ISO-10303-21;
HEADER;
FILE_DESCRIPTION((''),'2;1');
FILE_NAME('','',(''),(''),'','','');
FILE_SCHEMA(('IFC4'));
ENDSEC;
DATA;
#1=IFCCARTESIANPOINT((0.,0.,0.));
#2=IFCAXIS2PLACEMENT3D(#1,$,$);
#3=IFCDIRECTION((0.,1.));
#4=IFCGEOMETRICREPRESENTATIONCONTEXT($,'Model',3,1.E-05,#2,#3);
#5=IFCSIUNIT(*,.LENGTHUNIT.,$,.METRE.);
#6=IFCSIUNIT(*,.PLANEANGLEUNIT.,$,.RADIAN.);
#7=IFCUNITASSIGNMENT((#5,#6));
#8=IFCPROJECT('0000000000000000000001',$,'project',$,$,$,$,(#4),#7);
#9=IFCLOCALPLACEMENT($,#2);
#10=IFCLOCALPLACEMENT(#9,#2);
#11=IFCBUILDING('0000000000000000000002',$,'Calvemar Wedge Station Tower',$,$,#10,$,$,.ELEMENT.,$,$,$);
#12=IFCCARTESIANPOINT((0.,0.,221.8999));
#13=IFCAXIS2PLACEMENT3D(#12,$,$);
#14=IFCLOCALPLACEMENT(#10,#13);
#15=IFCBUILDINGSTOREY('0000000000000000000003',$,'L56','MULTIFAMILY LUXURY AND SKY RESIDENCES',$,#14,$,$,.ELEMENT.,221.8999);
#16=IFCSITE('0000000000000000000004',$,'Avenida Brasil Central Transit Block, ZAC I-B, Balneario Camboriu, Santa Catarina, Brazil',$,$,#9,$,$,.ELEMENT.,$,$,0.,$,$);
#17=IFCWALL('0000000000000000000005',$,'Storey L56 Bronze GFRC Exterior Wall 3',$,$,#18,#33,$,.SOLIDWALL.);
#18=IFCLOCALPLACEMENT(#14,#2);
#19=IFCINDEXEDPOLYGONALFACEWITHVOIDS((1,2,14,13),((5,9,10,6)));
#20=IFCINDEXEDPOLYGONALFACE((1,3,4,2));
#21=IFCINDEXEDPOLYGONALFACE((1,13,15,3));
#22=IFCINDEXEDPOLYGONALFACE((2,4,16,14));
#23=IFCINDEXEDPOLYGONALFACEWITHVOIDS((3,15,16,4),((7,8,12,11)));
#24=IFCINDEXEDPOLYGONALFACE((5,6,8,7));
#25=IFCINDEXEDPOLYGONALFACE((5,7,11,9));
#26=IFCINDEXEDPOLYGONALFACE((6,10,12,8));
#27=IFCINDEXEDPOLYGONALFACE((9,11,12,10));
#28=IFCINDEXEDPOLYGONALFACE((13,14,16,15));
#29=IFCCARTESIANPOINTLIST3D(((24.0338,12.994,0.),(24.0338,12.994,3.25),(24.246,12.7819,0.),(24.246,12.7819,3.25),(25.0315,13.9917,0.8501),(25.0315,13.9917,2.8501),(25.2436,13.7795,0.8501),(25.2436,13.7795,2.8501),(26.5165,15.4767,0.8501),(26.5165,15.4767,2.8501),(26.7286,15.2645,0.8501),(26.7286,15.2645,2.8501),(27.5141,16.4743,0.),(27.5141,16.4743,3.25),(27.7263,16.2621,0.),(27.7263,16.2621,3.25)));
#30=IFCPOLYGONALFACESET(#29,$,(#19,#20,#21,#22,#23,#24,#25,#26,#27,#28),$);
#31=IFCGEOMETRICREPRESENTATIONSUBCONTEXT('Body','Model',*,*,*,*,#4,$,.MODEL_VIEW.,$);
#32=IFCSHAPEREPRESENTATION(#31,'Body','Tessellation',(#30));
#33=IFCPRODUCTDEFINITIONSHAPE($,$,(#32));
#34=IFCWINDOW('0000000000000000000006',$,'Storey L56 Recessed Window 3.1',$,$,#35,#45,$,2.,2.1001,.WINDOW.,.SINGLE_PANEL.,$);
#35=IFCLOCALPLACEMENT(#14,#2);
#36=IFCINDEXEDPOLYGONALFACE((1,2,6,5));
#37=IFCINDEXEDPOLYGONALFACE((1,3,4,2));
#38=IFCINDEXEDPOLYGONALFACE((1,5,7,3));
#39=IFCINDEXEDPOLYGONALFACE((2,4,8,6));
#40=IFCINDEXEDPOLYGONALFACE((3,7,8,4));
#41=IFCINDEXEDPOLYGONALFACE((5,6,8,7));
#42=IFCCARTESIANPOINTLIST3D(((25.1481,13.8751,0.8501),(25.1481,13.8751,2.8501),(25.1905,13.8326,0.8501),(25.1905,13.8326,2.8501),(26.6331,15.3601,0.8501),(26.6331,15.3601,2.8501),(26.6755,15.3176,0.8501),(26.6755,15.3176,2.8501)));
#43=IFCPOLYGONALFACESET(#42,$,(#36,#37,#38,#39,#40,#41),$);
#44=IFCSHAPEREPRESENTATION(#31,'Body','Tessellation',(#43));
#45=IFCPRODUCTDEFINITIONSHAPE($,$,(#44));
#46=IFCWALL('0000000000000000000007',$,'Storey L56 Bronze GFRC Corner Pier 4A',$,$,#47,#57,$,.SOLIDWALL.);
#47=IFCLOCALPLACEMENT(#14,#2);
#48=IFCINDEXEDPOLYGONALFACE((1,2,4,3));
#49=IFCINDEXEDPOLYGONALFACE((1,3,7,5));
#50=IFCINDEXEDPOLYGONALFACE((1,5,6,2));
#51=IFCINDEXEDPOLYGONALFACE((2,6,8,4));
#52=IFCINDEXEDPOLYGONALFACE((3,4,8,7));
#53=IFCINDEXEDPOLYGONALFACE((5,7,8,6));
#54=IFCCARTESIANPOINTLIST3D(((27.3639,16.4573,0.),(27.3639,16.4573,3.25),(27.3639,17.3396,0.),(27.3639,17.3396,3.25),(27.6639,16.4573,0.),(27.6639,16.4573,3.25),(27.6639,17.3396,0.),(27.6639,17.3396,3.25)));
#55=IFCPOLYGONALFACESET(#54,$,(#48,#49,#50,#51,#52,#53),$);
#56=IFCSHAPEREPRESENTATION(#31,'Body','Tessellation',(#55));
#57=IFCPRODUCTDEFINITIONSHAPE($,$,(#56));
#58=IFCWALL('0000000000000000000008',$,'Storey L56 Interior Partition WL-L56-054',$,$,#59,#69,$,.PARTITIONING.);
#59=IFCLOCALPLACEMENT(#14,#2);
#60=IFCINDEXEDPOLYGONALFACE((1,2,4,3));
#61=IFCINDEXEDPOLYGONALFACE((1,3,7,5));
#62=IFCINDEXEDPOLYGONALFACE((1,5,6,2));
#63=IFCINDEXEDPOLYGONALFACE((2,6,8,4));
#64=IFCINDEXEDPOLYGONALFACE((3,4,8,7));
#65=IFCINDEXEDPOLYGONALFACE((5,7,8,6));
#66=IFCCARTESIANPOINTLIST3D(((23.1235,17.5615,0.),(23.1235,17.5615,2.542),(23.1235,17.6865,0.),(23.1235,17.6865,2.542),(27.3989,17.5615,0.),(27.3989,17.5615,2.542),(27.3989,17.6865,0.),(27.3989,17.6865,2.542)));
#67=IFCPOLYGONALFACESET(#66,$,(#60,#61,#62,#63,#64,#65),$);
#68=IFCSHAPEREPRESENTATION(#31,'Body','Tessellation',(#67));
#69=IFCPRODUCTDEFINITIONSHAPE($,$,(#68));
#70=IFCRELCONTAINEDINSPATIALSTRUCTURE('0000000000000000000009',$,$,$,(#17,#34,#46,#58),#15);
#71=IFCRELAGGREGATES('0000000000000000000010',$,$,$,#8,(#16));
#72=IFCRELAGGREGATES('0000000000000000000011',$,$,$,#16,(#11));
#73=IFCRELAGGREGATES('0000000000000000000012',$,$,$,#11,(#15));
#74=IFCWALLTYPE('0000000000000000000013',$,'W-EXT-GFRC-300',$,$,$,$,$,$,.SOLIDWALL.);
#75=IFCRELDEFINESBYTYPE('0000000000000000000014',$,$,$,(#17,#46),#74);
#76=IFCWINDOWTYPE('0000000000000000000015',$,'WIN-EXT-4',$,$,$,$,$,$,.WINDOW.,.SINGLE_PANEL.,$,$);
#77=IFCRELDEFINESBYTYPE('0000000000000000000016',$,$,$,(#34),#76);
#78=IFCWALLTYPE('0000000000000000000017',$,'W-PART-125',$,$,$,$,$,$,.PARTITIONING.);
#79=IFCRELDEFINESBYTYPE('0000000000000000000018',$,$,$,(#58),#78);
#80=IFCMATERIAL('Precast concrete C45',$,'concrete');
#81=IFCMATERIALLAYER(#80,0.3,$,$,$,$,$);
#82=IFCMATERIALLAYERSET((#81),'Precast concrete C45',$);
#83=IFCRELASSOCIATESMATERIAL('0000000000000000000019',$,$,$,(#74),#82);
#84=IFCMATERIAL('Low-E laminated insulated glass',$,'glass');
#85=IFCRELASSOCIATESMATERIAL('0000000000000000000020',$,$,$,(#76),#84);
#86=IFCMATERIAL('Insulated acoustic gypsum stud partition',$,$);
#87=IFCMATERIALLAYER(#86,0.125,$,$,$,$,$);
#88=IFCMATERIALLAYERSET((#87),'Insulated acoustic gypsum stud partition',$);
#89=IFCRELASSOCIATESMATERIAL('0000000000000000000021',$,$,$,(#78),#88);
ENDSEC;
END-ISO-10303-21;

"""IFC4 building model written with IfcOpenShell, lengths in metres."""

from ifc_helpers import new_model, si_unit, direction, frame, frame_2d, origin, place, context, subcontext, project, spatial, rectangle, extrude, source, transform, mapped, material, layer, layer_set, type_object, element, fill, save


model = new_model("IFC4")

# Units and contexts
model_context = context("Model", 3, precision=1e-05, world=origin(), true_north=direction((0.0, 1.0)))
body_context = subcontext(model_context, "Body", "Model", "MODEL_VIEW")
ifc_project = project(units=[si_unit("LENGTHUNIT", "METRE"), si_unit("PLANEANGLEUNIT", "RADIAN")], contexts=[model_context])

# Site, building, storey
site_placement = place(None, origin())
site = spatial("IfcSite", under=ifc_project, at=site_placement, Name="Avenida Brasil Central Transit Block, ZAC I-B, Balneario Camboriu, Santa Catarina, Brazil", CompositionType="ELEMENT", RefElevation=0.0)
building_placement = place(site_placement, origin())
building = spatial("IfcBuilding", under=site, at=building_placement, Name="Calvemar Wedge Station Tower", CompositionType="ELEMENT")
storey_placement = place(building_placement, frame((0.0, 0.0, 221.8999)))
storey = spatial("IfcBuildingStorey", under=building, at=storey_placement, Name="L56", Description="MULTIFAMILY LUXURY AND SKY RESIDENCES", CompositionType="ELEMENT", Elevation=221.8999)

# Shared definitions
ifc_material_1 = material(Name="Low-E laminated insulated glass", Category="glass")

# Wall, opening, window
ifc_material_2 = material(Name="Precast concrete C45", Category="concrete")
ifc_layer_1 = layer(ifc_material_2, 0.3)
ifc_layer_set_1 = layer_set([ifc_layer_1], Name="Precast concrete C45")
wall_type_1 = type_object("IfcWallType", Name="W-EXT-GFRC-300", PredefinedType="SOLIDWALL", material=ifc_layer_set_1)
wall_1_placement = place(storey_placement, frame((24.1399, 12.8879, 0.0), z_axis=(0.0, 0.0, 1.0), x_axis=(0.707107, 0.707107, 0.0)))
wall_1 = element("IfcWall", 1, at=wall_1_placement, inside=storey, type_object=wall_type_1, Name="Storey L56 Bronze GFRC Exterior Wall 3", PredefinedType="SOLIDWALL", context=body_context, shape_type="SweptSolid", body=[
    extrude(rectangle(XDim=4.9219, YDim=0.3, at=frame_2d((2.4609, 0.0))), origin(), (0.0, 0.0, 1.0), 3.25),
])
shared_shape_1 = source(origin(), body_context, "Body", "SweptSolid", [
    extrude(rectangle(XDim=2.1001, YDim=2.0, at=frame_2d((1.05, 1.0))), frame((0.0, 0.1602, 0.0), z_axis=(0.0, -1.0, 0.0), x_axis=(1.0, 0.0, 0.0)), (0.0, 0.0, 1.0), 0.3201),
])
opening_placement = place(wall_1_placement, frame((1.4109, 0.0, 0.8501)))
opening = element("IfcOpeningElement", 2, at=opening_placement, cuts=wall_1, PredefinedType="OPENING", context=body_context, shape_type="MappedRepresentation", body=[
    mapped(shared_shape_1, transform((0.0, 0.0, 0.0), scale=1.0)),
])
window_type = type_object("IfcWindowType", Name="WIN-EXT-4", PartitioningType="SINGLE_PANEL", PredefinedType="WINDOW", material=ifc_material_1)
shared_shape_2 = source(origin(), body_context, "Body", "SweptSolid", [
    extrude(rectangle(XDim=2.1001, YDim=2.0, at=frame_2d((1.05, 1.0))), frame((0.0, -0.0149, 0.0), z_axis=(0.0, -1.0, 0.0), x_axis=(1.0, 0.0, 0.0)), (0.0, 0.0, 1.0), 0.0601),
])
window_placement = place(opening_placement, origin())
window = element("IfcWindow", 3, at=window_placement, inside=storey, type_object=window_type, Name="Storey L56 Recessed Window 3.1", OverallHeight=2.0, OverallWidth=2.1001, PartitioningType="SINGLE_PANEL", PredefinedType="WINDOW", context=body_context, shape_type="MappedRepresentation", body=[
    mapped(shared_shape_2, transform((0.0, 0.0, 0.0), scale=1.0)),
])
fill(opening, window)

# Walls
wall_2_placement = place(storey_placement, frame((27.5139, 16.4573, 0.0), z_axis=(0.0, 0.0, 1.0), x_axis=(0.0, 1.0, 0.0)))
element("IfcWall", 4, at=wall_2_placement, inside=storey, type_object=wall_type_1, Name="Storey L56 Bronze GFRC Corner Pier 4A", PredefinedType="SOLIDWALL", context=body_context, shape_type="SweptSolid", body=[
    extrude(rectangle(XDim=0.8823, YDim=0.3, at=frame_2d((0.4412, 0.0))), origin(), (0.0, 0.0, 1.0), 3.25),
])
ifc_material_3 = material(Name="Insulated acoustic gypsum stud partition")
ifc_layer_2 = layer(ifc_material_3, 0.125)
ifc_layer_set_2 = layer_set([ifc_layer_2], Name="Insulated acoustic gypsum stud partition")
wall_type_2 = type_object("IfcWallType", Name="W-PART-125", PredefinedType="PARTITIONING", material=ifc_layer_set_2)
wall_3_placement = place(storey_placement, frame((27.3989, 17.624, 0.0), z_axis=(0.0, 0.0, 1.0), x_axis=(-1.0, 0.0, 0.0)))
element("IfcWall", 5, at=wall_3_placement, inside=storey, type_object=wall_type_2, Name="Storey L56 Interior Partition WL-L56-054", PredefinedType="PARTITIONING", context=body_context, shape_type="SweptSolid", body=[
    extrude(rectangle(XDim=4.2754, YDim=0.125, at=frame_2d((2.1377, 0.0))), origin(), (0.0, 0.0, 1.0), 2.542),
])

save(model, "model.ifc")
